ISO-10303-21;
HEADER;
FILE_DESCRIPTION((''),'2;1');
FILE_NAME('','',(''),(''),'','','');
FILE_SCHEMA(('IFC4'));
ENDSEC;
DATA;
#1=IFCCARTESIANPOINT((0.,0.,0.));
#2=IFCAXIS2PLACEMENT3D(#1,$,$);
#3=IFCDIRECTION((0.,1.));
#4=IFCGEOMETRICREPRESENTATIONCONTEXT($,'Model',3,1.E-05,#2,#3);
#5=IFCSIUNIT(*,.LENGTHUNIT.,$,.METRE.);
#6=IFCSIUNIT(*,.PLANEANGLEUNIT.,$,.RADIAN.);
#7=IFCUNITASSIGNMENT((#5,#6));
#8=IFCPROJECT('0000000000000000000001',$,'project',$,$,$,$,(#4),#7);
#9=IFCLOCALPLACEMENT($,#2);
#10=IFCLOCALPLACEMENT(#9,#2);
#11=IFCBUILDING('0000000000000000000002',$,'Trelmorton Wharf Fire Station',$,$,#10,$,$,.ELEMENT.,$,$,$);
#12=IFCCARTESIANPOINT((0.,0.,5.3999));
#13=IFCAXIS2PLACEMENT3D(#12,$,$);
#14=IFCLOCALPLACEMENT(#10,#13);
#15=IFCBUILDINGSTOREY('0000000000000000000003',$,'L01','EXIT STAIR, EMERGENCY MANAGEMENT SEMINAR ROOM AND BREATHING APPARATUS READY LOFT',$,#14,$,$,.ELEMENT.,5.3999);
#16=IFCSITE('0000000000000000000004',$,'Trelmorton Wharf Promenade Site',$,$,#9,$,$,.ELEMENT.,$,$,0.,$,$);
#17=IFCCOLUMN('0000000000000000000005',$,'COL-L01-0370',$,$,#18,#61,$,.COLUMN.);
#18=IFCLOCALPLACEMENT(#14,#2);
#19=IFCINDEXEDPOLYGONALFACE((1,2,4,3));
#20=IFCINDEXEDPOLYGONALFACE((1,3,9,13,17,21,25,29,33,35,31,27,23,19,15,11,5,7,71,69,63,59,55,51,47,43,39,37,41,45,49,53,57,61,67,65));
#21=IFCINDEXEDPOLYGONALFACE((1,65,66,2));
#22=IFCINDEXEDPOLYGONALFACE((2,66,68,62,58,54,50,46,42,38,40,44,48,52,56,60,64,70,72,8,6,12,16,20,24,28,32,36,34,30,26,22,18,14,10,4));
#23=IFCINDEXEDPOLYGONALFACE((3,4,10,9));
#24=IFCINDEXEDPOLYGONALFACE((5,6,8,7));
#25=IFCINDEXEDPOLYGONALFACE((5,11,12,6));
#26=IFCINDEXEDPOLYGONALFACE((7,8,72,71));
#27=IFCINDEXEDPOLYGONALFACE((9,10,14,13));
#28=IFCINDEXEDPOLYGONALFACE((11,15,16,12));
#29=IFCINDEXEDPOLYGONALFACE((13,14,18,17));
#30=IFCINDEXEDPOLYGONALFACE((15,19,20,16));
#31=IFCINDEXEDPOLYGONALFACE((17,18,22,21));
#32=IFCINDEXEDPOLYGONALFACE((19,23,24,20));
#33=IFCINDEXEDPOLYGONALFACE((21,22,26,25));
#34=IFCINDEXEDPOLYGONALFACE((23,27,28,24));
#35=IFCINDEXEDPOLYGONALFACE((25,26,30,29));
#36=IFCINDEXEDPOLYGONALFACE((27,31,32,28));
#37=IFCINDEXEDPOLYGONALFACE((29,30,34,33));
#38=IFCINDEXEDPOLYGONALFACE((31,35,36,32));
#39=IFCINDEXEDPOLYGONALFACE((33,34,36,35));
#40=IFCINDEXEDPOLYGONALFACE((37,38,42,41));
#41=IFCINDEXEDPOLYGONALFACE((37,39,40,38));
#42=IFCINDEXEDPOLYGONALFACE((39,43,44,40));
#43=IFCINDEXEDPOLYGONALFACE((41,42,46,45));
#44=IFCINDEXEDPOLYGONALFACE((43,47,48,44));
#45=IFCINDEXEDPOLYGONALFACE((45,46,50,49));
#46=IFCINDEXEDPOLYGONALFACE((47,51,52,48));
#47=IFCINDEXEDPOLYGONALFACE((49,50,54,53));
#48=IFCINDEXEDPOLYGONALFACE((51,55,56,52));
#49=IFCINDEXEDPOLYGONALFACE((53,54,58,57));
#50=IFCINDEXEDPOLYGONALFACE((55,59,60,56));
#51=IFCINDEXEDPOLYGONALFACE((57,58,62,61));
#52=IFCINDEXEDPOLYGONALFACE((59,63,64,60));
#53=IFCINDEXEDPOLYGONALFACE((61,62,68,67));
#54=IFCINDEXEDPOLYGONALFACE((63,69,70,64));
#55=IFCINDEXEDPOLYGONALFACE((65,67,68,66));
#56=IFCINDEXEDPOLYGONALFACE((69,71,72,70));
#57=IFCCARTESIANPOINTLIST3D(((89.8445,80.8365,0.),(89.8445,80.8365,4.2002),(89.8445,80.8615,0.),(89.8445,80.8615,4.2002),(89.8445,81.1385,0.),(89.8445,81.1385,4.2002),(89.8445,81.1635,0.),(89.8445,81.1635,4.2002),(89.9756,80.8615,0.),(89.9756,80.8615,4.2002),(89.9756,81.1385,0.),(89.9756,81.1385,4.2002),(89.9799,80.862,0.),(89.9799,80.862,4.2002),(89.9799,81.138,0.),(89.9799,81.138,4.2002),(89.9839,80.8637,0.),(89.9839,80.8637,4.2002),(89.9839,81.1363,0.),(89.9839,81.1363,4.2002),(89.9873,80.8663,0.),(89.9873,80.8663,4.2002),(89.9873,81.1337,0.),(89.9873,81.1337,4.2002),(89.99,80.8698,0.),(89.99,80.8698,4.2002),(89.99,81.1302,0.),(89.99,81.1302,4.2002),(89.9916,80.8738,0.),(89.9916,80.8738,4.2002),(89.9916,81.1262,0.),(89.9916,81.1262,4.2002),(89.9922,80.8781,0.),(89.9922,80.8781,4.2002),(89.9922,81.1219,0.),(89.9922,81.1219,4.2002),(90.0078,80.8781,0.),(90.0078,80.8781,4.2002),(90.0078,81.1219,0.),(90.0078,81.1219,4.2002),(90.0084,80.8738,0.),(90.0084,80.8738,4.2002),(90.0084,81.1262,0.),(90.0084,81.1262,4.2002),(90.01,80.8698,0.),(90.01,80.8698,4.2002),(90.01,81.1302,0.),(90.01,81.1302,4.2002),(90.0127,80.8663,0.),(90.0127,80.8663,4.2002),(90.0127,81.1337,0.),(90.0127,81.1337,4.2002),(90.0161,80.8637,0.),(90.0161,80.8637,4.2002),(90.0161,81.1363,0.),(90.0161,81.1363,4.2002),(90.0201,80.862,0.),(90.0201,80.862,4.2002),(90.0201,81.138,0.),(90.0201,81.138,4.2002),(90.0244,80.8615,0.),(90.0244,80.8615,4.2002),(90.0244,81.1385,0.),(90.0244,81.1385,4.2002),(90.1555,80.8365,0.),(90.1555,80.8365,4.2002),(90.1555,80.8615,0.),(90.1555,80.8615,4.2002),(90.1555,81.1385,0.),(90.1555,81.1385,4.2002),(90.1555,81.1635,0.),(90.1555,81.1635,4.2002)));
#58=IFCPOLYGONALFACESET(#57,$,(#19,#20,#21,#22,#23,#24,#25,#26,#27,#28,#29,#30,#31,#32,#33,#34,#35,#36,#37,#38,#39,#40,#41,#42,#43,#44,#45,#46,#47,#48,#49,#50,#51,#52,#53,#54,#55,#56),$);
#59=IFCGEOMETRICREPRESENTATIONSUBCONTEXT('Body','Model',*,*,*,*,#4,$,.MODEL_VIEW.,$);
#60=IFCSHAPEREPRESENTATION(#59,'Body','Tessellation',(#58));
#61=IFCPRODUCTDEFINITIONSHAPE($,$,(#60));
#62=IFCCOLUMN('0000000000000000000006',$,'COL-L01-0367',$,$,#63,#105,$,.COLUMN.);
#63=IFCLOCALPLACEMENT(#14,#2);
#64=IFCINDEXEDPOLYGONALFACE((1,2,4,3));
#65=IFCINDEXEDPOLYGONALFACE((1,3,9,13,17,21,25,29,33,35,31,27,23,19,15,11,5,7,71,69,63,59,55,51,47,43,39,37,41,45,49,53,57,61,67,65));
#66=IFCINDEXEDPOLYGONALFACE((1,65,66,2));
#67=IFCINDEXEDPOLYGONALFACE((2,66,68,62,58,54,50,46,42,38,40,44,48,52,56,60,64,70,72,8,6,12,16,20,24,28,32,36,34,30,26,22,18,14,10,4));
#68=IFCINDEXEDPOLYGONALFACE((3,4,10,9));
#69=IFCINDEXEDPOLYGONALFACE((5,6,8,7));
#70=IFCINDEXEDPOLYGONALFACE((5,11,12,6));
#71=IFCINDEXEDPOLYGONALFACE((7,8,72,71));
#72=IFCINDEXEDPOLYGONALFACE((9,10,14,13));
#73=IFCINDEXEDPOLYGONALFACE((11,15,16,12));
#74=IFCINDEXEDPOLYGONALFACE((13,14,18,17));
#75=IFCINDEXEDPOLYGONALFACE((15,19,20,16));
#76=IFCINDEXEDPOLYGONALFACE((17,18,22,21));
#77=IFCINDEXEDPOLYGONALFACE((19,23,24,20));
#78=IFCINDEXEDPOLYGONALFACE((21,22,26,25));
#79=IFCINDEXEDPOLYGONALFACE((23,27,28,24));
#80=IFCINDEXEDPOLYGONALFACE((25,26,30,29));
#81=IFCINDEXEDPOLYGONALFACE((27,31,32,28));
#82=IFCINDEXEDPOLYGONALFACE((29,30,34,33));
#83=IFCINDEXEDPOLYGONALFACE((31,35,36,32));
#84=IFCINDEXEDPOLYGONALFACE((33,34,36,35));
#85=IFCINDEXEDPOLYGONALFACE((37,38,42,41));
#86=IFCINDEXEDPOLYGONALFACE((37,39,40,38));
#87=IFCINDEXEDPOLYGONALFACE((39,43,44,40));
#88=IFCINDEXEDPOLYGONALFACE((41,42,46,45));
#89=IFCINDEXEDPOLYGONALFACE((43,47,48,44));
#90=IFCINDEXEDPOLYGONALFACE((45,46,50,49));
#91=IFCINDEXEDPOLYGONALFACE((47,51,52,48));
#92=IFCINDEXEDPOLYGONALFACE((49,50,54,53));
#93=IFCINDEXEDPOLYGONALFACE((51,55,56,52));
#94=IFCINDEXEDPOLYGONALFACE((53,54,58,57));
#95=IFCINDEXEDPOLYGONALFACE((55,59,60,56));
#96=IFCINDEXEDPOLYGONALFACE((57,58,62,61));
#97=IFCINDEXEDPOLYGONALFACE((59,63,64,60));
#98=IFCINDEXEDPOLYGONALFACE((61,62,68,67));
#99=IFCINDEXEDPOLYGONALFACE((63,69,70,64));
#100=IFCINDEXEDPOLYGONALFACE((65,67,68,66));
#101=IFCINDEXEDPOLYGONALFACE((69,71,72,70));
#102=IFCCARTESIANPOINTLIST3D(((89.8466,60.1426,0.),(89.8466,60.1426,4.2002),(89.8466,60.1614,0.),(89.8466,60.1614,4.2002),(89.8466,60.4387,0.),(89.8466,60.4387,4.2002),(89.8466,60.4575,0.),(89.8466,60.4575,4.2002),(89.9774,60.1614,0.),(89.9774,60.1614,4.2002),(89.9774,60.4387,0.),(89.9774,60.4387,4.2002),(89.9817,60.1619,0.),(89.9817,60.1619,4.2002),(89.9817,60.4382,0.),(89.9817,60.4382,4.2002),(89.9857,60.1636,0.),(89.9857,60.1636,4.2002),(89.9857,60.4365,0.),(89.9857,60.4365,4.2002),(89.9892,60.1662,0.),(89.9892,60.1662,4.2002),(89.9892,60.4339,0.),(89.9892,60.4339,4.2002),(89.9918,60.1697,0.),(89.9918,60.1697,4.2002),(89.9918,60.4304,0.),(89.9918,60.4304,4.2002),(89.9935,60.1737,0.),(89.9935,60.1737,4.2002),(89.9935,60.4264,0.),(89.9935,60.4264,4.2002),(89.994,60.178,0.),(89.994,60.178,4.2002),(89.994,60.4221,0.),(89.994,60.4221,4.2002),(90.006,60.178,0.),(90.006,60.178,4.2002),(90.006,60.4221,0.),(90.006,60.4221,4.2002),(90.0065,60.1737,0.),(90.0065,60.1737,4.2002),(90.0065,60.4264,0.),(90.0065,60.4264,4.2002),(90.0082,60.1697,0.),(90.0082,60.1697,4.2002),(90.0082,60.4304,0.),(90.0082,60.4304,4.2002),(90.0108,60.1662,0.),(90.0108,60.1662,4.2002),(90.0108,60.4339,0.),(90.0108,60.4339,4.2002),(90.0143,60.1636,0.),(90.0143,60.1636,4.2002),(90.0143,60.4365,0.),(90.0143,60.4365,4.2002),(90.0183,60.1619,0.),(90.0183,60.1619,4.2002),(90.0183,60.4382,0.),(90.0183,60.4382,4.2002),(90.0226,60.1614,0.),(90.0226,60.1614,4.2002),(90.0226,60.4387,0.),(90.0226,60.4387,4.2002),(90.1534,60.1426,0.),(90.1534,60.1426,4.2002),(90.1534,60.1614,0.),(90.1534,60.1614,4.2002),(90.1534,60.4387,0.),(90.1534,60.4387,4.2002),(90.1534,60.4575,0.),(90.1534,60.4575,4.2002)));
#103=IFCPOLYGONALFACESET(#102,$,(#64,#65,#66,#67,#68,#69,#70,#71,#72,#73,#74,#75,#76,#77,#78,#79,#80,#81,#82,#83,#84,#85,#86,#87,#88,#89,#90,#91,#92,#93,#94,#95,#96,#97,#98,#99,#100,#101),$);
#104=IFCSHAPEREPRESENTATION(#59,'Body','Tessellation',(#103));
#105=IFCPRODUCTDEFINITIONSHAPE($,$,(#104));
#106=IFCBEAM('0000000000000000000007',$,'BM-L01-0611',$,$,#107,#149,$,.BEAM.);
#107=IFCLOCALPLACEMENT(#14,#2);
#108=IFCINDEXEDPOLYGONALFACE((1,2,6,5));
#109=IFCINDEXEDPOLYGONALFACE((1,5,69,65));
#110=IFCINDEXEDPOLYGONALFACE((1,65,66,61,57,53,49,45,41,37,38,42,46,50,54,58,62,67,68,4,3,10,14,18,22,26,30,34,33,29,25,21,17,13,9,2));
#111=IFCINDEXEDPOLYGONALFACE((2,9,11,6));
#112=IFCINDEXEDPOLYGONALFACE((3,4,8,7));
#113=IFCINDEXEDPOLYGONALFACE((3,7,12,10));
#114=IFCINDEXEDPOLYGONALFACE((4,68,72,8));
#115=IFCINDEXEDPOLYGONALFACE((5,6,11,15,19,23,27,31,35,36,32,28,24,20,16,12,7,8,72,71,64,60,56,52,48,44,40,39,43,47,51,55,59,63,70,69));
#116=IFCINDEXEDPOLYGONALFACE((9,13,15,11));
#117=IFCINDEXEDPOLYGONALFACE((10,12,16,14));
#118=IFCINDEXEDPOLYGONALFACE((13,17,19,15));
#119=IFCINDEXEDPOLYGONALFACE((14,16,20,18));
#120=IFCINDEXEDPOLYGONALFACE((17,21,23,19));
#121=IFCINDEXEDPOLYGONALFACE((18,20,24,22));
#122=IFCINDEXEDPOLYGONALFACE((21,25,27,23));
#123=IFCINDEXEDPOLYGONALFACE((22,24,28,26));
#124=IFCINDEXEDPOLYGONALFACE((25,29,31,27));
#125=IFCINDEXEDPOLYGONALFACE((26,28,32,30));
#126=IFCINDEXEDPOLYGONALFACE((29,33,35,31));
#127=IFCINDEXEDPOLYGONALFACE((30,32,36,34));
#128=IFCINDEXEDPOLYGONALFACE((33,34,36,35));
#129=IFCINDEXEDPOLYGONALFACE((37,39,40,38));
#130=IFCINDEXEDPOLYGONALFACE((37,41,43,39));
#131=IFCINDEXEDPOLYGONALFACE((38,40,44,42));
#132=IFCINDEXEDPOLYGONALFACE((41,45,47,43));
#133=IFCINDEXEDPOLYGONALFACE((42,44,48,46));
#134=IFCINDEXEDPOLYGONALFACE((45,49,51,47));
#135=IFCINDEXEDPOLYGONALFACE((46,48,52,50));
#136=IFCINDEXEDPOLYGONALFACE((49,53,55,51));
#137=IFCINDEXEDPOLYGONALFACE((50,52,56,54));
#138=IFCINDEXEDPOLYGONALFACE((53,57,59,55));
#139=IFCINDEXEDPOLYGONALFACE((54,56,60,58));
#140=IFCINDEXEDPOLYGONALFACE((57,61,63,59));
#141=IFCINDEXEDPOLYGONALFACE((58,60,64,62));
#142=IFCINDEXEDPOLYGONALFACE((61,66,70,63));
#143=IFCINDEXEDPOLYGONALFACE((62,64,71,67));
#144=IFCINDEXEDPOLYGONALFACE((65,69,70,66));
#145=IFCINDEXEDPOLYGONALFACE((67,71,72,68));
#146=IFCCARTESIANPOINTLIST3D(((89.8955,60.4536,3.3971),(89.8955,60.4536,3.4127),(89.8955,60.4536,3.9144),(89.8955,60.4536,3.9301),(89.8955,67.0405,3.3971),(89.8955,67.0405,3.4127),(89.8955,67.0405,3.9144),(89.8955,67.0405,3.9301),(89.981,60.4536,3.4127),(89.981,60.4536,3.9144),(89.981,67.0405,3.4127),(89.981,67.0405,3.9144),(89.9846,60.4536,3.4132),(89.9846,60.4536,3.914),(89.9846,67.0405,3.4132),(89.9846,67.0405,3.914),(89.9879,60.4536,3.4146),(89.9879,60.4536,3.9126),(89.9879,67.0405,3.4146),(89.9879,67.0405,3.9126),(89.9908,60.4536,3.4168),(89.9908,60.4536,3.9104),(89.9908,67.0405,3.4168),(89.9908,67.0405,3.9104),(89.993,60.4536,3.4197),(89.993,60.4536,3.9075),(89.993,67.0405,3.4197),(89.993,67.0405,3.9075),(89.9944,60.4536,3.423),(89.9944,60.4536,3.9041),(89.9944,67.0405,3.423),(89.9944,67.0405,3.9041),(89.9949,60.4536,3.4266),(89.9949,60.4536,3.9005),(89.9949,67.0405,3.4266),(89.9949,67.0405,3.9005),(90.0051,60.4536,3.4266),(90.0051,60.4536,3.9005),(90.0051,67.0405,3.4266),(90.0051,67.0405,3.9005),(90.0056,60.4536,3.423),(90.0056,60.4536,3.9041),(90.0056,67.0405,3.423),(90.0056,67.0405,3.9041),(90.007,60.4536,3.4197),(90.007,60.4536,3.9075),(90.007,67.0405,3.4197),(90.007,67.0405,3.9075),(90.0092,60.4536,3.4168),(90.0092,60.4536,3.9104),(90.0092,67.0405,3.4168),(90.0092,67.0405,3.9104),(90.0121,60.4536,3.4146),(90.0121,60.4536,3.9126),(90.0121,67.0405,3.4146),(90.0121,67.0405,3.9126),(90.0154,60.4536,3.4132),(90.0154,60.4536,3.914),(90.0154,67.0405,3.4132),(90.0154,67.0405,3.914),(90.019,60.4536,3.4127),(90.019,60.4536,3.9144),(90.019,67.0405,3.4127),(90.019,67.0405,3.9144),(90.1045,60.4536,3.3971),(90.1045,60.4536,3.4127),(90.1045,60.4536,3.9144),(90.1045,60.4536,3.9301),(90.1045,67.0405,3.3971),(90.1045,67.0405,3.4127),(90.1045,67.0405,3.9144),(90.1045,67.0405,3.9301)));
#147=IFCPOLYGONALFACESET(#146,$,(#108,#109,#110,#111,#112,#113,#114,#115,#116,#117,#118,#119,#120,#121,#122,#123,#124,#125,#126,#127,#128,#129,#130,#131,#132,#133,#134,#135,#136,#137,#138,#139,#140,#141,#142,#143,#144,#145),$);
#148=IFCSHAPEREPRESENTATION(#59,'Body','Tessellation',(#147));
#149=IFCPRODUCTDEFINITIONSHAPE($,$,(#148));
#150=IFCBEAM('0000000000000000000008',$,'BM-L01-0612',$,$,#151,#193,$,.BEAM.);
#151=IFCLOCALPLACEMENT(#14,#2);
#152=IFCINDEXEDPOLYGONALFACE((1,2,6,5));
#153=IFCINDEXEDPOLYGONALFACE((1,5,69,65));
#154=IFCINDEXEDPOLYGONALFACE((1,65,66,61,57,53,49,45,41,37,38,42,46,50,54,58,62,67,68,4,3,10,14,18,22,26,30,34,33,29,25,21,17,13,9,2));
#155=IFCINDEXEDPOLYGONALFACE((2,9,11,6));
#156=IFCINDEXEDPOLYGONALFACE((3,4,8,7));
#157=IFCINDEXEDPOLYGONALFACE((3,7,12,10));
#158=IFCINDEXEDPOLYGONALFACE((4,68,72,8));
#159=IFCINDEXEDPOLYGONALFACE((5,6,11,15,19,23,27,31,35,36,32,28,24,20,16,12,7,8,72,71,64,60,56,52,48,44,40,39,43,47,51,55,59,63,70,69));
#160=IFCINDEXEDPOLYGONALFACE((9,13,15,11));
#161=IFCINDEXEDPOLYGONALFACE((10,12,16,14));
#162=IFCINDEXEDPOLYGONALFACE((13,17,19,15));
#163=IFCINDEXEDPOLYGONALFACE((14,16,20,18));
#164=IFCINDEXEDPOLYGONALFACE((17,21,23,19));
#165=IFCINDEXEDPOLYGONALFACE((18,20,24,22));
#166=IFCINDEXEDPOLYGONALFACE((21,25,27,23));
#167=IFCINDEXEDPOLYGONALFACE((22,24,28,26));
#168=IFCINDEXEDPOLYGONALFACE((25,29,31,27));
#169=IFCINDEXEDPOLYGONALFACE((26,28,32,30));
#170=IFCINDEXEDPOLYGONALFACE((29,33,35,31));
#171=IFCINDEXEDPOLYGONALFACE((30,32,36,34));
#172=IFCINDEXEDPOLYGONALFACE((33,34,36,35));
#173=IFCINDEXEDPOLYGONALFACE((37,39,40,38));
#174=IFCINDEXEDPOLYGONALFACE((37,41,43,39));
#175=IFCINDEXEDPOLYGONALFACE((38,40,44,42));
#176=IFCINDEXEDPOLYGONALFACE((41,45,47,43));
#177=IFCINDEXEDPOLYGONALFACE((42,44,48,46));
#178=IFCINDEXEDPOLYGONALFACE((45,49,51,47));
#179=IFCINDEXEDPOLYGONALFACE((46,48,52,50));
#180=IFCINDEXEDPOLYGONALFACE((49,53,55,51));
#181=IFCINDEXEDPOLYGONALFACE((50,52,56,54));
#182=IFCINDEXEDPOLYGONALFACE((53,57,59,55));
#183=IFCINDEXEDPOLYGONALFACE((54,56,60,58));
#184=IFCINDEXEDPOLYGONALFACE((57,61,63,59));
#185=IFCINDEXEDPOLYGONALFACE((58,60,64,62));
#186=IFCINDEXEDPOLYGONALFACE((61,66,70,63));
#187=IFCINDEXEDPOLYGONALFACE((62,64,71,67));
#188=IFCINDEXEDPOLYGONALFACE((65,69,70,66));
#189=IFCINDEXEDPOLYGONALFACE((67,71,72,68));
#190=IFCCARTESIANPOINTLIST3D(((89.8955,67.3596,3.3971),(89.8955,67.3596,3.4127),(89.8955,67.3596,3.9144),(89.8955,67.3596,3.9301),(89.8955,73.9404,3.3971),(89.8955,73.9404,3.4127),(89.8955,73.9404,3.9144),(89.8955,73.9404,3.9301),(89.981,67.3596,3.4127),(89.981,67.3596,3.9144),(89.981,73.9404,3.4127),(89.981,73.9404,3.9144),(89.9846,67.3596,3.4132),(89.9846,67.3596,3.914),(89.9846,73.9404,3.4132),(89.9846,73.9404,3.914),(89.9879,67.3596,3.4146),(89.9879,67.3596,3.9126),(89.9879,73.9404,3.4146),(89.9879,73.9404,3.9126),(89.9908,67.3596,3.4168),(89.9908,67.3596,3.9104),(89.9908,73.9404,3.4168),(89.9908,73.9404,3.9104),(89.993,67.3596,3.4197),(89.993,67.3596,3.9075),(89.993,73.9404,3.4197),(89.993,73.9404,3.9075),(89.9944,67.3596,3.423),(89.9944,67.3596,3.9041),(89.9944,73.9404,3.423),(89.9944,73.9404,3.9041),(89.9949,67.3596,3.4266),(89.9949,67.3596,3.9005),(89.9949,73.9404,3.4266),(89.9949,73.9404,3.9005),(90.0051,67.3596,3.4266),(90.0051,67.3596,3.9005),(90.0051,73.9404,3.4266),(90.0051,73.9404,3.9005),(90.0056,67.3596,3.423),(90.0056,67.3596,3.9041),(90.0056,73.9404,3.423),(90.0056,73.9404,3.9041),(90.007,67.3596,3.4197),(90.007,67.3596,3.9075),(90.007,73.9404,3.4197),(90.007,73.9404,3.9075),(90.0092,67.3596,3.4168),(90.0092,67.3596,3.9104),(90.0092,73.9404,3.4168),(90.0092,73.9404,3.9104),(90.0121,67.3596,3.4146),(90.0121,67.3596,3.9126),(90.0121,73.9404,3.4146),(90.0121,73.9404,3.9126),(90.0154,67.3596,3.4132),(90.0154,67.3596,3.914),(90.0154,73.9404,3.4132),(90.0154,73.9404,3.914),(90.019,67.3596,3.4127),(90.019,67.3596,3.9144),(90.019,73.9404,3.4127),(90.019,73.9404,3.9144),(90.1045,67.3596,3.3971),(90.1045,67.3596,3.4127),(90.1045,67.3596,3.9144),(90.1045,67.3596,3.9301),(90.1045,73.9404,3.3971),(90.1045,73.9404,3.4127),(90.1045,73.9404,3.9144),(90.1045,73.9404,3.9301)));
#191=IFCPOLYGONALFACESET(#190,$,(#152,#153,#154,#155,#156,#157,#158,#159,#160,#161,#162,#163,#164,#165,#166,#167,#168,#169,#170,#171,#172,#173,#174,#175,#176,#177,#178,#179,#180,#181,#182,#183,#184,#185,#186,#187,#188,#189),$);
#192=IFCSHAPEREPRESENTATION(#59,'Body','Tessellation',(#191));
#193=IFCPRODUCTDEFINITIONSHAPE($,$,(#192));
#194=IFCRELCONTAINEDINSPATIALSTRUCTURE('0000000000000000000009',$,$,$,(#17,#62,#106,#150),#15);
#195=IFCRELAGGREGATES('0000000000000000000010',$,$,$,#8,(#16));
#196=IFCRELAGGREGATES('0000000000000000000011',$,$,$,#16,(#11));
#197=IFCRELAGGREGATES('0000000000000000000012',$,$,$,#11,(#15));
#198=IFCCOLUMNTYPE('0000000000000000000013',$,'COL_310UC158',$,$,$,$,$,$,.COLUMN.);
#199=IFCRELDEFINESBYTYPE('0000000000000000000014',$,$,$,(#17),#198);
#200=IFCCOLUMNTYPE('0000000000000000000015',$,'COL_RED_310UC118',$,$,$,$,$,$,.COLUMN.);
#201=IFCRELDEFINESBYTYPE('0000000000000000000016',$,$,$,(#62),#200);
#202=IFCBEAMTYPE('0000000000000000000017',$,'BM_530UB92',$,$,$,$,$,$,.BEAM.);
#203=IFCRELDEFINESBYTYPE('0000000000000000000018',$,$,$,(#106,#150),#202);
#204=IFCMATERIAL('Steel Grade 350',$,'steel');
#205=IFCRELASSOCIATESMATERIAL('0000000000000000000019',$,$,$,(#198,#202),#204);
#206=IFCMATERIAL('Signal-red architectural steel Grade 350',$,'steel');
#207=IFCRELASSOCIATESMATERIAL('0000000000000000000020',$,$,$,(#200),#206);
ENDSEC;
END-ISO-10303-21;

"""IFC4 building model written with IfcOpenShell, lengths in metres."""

from ifc_helpers import new_model, si_unit, direction, frame, origin, origin_2d, place, context, subcontext, project, spatial, i_section, extrude, material, material_profile, profile_set, type_object, element, save


model = new_model("IFC4")

# Units and contexts
model_context = context("Model", 3, precision=1e-05, world=origin(), true_north=direction((0.0, 1.0)))
body_context = subcontext(model_context, "Body", "Model", "MODEL_VIEW")
ifc_project = project(units=[si_unit("LENGTHUNIT", "METRE"), si_unit("PLANEANGLEUNIT", "RADIAN")], contexts=[model_context])

# Site, building, storey
site_placement = place(None, origin())
site = spatial("IfcSite", under=ifc_project, at=site_placement, Name="Trelmorton Wharf Promenade Site", CompositionType="ELEMENT", RefElevation=0.0)
building_placement = place(site_placement, origin())
building = spatial("IfcBuilding", under=site, at=building_placement, Name="Trelmorton Wharf Fire Station", CompositionType="ELEMENT")
storey_placement = place(building_placement, frame((0.0, 0.0, 5.3999)))
storey = spatial("IfcBuildingStorey", under=building, at=storey_placement, Name="L01", Description="EXIT STAIR, EMERGENCY MANAGEMENT SEMINAR ROOM AND BREATHING APPARATUS READY LOFT", CompositionType="ELEMENT", Elevation=5.3999)

# Columns
ifc_material_1 = material(Name="Steel Grade 350", Category="steel")
ifc_material_profile_1 = material_profile(ifc_material_1, i_section(OverallWidth=0.311, OverallDepth=0.3269, WebThickness=0.0156, FlangeThickness=0.0249, FilletRadius=0.0166, at=origin_2d()), Name="310UC158")
ifc_profile_set_1 = profile_set([ifc_material_profile_1], Name="Steel Grade 350")
column_type_1 = type_object("IfcColumnType", Name="COL_310UC158", PredefinedType="COLUMN", material=ifc_profile_set_1)
for number, where, z_axis, x_axis, name in (
    (1, (90.0, 81.0, 0.0), (0.0, 0.0, 1.0), (1.0, 0.0, 0.0), "COL-L01-0370"),
):
    element("IfcColumn", number, at=place(storey_placement, frame(where, z_axis=z_axis, x_axis=x_axis)), inside=storey, type_object=column_type_1, Name=name, PredefinedType="COLUMN", context=body_context, shape_type="SweptSolid", body=[
        extrude(i_section(OverallWidth=0.311, OverallDepth=0.3269, WebThickness=0.0156, FlangeThickness=0.0249, FilletRadius=0.0166, at=origin_2d()), origin(), (0.0, 0.0, 1.0), 4.2002),
    ])
ifc_material_2 = material(Name="Signal-red architectural steel Grade 350", Category="steel")
ifc_material_profile_2 = material_profile(ifc_material_2, i_section(OverallWidth=0.3069, OverallDepth=0.3149, WebThickness=0.012, FlangeThickness=0.0188, FilletRadius=0.0166, at=origin_2d()), Name="310UC118")
ifc_profile_set_2 = profile_set([ifc_material_profile_2], Name="Signal-red architectural steel Grade 350")
column_type_2 = type_object("IfcColumnType", Name="COL_RED_310UC118", PredefinedType="COLUMN", material=ifc_profile_set_2)
column_placement = place(storey_placement, frame((90.0, 60.3, 0.0), z_axis=(0.0, 0.0, 1.0), x_axis=(1.0, 0.0, 0.0)))
element("IfcColumn", 2, at=column_placement, inside=storey, type_object=column_type_2, Name="COL-L01-0367", PredefinedType="COLUMN", context=body_context, shape_type="SweptSolid", body=[
    extrude(i_section(OverallWidth=0.3069, OverallDepth=0.3149, WebThickness=0.012, FlangeThickness=0.0188, FilletRadius=0.0166, at=origin_2d()), origin(), (0.0, 0.0, 1.0), 4.2002),
])

# Beams
ifc_material_profile_3 = material_profile(ifc_material_1, i_section(OverallWidth=0.209, OverallDepth=0.533, WebThickness=0.0103, FlangeThickness=0.0156, FilletRadius=0.0139, at=origin_2d()), Name="530UB92.4")
ifc_profile_set_3 = profile_set([ifc_material_profile_3], Name="Steel Grade 350")
beam_type = type_object("IfcBeamType", Name="BM_530UB92", PredefinedType="BEAM", material=ifc_profile_set_3)
beam_1_placement = place(storey_placement, frame((90.0, 60.4536, 3.6636), z_axis=(0.0, 1.0, 0.0), x_axis=(-1.0, 0.0, 0.0)))
element("IfcBeam", 3, at=beam_1_placement, inside=storey, type_object=beam_type, Name="BM-L01-0611", PredefinedType="BEAM", context=body_context, shape_type="SweptSolid", body=[
    extrude(i_section(OverallWidth=0.209, OverallDepth=0.533, WebThickness=0.0103, FlangeThickness=0.0156, FilletRadius=0.0139, at=origin_2d()), origin(), (0.0, 0.0, 1.0), 6.5869),
])
beam_2_placement = place(storey_placement, frame((90.0, 67.3596, 3.6636), z_axis=(0.0, 1.0, 0.0), x_axis=(-1.0, 0.0, 0.0)))
element("IfcBeam", 4, at=beam_2_placement, inside=storey, type_object=beam_type, Name="BM-L01-0612", PredefinedType="BEAM", context=body_context, shape_type="SweptSolid", body=[
    extrude(i_section(OverallWidth=0.209, OverallDepth=0.533, WebThickness=0.0103, FlangeThickness=0.0156, FilletRadius=0.0139, at=origin_2d()), origin(), (0.0, 0.0, 1.0), 6.5808),
])

save(model, "model.ifc")
